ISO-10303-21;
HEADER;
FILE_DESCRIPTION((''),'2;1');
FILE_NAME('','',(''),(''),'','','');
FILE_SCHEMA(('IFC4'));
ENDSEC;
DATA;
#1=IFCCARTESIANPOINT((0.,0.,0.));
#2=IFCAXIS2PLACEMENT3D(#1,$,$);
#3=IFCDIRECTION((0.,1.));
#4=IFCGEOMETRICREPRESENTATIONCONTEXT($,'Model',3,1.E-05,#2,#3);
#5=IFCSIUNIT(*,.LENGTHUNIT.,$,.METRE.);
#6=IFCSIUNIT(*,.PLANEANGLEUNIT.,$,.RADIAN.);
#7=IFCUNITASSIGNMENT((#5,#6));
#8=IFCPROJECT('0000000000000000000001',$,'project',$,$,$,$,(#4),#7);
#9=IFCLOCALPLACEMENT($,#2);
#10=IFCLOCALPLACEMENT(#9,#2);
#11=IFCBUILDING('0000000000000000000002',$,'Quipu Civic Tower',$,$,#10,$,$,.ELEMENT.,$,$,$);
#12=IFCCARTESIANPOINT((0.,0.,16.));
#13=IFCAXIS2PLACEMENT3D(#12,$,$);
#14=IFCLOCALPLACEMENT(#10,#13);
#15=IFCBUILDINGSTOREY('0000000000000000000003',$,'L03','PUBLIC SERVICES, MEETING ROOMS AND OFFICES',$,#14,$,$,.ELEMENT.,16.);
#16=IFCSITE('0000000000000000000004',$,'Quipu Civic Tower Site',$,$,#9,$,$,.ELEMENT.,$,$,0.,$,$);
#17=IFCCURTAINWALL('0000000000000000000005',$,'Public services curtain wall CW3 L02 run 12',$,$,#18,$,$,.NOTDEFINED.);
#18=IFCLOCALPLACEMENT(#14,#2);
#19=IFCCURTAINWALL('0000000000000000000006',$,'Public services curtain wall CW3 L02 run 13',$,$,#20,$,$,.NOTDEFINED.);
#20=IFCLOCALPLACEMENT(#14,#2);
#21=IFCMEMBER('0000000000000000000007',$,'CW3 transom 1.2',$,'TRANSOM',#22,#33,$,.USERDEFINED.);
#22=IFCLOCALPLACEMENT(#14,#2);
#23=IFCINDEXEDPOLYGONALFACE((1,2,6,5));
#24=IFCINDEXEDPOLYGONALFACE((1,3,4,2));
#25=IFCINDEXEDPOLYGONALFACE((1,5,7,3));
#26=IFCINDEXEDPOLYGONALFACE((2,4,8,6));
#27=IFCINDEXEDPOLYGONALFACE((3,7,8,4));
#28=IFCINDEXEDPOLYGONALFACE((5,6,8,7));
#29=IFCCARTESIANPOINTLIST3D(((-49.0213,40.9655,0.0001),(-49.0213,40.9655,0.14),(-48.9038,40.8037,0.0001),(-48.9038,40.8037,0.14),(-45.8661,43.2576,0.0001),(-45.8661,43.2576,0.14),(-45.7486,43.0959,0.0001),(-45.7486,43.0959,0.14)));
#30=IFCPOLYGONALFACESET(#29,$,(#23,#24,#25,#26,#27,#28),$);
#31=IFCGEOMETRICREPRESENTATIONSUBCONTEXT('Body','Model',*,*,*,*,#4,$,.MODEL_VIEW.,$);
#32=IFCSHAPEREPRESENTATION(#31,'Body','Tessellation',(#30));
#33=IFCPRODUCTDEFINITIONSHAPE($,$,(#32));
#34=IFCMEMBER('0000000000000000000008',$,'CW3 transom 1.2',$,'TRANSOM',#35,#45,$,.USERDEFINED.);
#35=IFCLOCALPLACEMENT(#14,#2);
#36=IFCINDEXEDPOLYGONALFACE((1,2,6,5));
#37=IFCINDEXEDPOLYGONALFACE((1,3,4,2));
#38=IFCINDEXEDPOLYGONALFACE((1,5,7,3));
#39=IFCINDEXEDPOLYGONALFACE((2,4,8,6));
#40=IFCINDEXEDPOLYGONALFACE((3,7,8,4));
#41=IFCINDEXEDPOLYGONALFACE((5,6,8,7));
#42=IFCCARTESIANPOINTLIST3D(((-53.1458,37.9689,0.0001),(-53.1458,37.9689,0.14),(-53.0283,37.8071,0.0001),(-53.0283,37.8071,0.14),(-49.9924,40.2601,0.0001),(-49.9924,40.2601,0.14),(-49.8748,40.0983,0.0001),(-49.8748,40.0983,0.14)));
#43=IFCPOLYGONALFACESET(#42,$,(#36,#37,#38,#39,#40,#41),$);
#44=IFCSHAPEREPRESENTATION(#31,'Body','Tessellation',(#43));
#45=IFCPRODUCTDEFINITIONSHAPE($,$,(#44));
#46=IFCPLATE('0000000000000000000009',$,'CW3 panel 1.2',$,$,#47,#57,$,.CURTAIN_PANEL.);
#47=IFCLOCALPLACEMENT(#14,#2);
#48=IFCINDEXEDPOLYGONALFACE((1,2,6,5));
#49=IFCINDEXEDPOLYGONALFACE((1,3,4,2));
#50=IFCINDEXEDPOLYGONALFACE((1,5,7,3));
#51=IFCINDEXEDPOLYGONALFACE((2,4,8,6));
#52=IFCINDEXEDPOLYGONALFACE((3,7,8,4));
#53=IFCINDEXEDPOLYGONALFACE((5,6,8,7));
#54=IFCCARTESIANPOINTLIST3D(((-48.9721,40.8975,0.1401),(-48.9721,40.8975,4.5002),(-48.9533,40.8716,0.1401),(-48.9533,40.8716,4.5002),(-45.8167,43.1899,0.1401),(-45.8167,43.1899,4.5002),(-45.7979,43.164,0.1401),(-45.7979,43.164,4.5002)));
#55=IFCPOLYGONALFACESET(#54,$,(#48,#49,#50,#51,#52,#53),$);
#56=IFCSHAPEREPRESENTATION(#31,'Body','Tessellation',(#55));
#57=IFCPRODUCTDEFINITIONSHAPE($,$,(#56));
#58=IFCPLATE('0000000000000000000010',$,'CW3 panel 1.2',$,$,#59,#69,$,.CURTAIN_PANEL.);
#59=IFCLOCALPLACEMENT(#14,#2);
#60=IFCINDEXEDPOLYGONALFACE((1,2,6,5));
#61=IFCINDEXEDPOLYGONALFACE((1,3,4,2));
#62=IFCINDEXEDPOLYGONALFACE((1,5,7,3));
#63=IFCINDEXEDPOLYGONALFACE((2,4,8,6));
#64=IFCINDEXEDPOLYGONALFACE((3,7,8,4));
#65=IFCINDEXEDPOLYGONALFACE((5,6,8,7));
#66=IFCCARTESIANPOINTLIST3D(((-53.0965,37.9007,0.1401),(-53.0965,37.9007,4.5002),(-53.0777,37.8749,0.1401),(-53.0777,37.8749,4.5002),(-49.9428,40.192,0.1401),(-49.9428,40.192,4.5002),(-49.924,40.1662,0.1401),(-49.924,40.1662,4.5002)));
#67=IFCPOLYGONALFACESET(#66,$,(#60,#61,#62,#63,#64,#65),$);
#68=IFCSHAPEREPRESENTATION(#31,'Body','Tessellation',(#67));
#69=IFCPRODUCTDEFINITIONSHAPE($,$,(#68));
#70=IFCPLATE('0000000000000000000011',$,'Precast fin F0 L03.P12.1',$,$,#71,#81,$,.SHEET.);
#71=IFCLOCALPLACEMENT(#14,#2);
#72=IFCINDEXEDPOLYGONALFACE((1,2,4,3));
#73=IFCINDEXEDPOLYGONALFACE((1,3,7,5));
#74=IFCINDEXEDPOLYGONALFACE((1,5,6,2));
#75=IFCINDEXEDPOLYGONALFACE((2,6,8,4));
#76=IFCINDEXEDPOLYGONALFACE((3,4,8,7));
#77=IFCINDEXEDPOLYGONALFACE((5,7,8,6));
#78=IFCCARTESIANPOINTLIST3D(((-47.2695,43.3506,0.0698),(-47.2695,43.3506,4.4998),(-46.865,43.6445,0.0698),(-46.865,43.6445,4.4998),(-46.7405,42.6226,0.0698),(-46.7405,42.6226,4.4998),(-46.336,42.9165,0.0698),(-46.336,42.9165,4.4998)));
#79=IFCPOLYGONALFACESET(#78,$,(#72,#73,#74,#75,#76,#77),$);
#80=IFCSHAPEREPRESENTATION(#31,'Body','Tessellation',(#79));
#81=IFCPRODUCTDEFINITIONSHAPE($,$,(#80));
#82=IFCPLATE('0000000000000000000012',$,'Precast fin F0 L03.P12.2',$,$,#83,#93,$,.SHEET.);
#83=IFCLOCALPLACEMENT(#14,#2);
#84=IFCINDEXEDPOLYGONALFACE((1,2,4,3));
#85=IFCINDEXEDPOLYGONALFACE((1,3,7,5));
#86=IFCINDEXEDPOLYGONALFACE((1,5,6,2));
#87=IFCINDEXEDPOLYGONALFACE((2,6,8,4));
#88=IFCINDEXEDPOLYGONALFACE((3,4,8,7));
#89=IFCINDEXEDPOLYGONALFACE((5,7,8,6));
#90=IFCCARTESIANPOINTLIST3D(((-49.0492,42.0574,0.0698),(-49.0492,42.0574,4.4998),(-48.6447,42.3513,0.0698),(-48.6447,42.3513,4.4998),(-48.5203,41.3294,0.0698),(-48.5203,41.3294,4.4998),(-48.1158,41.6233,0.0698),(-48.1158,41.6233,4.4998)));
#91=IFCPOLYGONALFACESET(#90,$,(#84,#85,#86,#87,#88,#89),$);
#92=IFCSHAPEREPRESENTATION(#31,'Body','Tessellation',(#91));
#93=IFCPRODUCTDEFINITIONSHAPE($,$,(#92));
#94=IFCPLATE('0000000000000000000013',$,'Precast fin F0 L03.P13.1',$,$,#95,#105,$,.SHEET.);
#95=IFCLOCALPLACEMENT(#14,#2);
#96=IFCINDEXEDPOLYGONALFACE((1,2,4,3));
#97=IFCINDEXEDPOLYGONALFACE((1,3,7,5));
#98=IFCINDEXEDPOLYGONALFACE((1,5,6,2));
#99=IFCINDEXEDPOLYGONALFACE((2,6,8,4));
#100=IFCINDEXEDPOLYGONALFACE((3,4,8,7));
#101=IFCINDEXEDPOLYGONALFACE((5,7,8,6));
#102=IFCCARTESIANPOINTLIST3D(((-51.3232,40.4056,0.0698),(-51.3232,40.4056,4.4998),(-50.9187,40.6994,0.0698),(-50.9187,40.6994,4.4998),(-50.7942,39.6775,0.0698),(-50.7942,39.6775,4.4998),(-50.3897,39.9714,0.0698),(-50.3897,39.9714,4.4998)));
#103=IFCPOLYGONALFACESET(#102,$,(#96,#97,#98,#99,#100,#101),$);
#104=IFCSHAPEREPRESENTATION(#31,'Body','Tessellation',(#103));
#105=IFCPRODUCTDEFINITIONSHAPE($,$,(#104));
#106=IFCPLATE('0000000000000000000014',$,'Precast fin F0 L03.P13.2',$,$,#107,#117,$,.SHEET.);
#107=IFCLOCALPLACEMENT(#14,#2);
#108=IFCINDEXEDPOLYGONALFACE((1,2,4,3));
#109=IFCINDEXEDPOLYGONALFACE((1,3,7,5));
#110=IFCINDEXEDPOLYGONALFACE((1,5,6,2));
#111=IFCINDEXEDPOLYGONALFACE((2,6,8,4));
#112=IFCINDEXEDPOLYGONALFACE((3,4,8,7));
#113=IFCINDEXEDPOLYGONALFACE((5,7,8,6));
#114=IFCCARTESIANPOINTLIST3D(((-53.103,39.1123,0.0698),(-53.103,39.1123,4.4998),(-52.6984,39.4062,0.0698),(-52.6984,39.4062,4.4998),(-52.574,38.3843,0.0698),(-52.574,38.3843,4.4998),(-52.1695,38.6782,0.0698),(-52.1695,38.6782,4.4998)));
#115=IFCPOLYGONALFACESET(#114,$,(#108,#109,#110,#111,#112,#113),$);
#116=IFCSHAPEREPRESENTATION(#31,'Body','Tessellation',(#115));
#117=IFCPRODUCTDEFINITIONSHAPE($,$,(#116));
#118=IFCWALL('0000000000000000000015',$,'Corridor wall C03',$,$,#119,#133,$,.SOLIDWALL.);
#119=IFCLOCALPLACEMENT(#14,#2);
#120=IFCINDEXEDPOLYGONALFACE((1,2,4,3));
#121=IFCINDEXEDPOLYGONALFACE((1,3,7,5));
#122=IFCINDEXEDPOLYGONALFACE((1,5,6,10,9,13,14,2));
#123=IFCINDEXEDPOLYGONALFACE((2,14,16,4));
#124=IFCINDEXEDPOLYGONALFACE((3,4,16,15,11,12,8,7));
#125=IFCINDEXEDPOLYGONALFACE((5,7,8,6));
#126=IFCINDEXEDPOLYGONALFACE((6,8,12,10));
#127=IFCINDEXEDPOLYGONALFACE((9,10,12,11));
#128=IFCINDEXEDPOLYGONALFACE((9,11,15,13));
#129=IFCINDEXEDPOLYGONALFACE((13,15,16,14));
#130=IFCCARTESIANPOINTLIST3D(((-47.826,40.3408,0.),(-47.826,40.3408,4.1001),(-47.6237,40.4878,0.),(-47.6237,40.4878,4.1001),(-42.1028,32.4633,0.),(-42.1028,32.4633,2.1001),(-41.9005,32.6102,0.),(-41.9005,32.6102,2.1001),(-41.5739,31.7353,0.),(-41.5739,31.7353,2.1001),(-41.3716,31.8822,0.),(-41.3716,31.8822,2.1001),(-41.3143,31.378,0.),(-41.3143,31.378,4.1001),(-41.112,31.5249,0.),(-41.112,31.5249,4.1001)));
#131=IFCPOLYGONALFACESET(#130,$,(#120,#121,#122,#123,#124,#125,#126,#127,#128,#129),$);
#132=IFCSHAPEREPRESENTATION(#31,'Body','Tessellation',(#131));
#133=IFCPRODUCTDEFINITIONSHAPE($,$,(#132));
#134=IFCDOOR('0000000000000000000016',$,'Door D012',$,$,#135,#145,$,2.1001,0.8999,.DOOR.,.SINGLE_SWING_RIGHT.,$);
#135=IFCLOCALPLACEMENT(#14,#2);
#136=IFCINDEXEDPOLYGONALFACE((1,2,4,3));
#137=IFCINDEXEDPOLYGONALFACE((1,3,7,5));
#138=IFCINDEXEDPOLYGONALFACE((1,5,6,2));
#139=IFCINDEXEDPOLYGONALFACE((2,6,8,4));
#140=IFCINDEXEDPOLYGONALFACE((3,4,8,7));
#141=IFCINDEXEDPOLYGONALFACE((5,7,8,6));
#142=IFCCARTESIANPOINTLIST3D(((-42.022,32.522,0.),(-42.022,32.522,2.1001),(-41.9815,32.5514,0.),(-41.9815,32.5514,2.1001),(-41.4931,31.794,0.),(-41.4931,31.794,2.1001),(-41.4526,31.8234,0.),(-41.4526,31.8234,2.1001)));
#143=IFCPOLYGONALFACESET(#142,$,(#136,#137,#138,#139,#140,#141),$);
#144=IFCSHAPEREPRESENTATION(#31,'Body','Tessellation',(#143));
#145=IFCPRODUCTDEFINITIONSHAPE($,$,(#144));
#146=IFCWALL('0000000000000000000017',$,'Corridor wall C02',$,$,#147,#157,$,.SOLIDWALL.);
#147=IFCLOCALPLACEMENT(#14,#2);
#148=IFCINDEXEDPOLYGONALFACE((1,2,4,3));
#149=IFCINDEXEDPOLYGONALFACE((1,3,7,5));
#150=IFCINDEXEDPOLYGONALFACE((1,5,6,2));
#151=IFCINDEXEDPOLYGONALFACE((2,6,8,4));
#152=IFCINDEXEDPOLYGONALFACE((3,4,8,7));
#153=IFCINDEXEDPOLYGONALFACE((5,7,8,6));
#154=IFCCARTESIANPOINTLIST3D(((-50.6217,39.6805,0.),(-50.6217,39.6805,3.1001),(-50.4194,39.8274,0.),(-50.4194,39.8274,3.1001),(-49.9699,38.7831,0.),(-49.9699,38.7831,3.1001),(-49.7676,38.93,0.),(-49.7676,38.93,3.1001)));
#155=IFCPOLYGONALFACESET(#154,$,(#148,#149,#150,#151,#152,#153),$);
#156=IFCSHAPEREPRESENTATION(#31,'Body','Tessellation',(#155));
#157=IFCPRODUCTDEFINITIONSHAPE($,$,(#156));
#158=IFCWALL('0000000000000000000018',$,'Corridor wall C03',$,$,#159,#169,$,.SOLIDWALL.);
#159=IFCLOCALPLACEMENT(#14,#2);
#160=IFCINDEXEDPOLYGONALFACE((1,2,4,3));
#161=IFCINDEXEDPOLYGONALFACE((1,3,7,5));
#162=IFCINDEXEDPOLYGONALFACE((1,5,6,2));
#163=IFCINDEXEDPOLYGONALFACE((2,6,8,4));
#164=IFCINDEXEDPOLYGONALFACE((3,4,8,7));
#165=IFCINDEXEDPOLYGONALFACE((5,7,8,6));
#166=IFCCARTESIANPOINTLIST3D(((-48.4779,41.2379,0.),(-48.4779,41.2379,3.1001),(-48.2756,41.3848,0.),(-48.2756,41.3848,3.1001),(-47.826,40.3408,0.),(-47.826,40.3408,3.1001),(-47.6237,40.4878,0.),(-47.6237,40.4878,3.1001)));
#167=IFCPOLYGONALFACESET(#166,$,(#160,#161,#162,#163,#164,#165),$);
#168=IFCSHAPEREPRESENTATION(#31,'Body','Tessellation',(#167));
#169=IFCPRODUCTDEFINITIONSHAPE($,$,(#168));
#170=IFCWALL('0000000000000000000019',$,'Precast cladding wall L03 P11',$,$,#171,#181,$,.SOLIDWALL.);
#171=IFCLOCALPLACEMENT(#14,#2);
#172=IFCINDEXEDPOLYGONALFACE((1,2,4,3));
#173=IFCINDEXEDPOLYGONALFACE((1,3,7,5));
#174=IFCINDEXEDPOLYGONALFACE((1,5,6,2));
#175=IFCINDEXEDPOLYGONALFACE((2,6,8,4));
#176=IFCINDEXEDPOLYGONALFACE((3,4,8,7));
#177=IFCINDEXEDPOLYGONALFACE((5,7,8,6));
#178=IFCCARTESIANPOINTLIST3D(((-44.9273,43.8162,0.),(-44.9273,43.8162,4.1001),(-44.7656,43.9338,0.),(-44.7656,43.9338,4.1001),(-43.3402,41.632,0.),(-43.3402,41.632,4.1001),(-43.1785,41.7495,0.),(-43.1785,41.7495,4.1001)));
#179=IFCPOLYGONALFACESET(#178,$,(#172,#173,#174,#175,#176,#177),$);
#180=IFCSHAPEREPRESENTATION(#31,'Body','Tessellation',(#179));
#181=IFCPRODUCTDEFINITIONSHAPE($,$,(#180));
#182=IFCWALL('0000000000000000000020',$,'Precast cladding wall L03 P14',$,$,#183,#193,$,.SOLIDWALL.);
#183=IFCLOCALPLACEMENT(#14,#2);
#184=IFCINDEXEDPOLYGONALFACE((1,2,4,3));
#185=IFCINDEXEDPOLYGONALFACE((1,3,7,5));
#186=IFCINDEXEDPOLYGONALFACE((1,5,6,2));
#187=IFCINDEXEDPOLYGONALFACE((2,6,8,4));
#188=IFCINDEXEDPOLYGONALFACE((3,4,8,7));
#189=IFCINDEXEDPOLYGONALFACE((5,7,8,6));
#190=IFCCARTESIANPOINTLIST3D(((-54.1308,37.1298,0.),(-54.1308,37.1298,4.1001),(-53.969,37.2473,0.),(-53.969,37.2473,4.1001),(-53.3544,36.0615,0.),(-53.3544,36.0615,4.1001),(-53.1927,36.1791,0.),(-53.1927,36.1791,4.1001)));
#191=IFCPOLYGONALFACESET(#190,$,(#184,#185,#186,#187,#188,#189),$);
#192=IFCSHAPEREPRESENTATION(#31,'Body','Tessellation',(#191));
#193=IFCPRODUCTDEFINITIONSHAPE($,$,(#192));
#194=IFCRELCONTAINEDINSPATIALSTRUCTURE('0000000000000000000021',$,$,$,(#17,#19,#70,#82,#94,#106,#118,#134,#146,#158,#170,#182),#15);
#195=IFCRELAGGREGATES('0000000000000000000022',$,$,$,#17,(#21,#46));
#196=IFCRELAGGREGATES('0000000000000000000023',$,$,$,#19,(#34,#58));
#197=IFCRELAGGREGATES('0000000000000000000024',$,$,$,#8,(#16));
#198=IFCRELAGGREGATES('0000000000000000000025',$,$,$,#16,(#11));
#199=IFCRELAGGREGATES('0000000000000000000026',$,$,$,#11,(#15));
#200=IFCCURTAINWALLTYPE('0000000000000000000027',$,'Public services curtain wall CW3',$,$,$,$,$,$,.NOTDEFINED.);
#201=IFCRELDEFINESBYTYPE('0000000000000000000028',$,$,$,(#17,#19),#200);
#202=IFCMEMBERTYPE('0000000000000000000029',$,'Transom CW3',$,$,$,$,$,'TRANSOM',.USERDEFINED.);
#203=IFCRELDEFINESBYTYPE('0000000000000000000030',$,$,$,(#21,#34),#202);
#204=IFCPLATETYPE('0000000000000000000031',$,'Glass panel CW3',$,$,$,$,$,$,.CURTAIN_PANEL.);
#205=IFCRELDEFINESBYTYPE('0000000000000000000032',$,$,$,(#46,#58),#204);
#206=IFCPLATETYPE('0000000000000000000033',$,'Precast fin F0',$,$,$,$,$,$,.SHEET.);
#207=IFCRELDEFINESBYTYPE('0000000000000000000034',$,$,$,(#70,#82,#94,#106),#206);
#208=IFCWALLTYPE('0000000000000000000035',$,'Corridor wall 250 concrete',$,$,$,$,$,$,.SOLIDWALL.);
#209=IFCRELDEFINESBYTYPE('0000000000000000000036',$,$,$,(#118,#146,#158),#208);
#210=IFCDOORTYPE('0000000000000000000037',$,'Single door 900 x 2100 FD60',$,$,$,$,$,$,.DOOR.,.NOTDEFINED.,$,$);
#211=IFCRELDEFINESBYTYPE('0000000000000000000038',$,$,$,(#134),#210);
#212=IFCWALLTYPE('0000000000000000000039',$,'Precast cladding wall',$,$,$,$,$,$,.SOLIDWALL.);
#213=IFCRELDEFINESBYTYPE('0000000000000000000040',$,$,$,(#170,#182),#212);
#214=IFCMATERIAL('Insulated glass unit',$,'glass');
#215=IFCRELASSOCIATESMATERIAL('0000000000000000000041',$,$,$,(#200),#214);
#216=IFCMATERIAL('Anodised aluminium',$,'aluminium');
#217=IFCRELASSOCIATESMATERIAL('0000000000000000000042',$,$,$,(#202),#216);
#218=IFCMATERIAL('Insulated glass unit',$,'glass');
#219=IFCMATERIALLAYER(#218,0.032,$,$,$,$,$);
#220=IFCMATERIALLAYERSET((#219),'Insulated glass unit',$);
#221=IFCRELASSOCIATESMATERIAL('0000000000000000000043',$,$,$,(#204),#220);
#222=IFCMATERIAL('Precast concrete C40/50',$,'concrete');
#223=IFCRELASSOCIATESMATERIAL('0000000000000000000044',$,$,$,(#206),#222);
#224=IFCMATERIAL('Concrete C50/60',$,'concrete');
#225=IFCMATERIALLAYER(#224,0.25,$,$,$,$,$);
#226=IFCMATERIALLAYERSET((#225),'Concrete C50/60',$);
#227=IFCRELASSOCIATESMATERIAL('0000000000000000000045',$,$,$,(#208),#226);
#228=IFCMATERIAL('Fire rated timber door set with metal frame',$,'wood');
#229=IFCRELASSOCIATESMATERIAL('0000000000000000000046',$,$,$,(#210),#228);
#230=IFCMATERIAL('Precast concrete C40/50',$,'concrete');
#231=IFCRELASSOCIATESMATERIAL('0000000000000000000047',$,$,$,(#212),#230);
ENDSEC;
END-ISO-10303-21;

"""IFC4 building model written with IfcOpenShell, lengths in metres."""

from ifc_helpers import new_model, si_unit, direction, frame, frame_2d, origin, origin_2d, place, context, subcontext, project, spatial, rectangle, extrude, material, layer, layer_set, material_profile, profile_set, type_object, element, fill, aggregate, save


model = new_model("IFC4")

# Units and contexts
model_context = context("Model", 3, precision=1e-05, world=origin(), true_north=direction((0.0, 1.0)))
body_context = subcontext(model_context, "Body", "Model", "MODEL_VIEW")
ifc_project = project(units=[si_unit("LENGTHUNIT", "METRE"), si_unit("PLANEANGLEUNIT", "RADIAN")], contexts=[model_context])

# Site, building, storey
site_placement = place(None, origin())
site = spatial("IfcSite", under=ifc_project, at=site_placement, Name="Quipu Civic Tower Site", CompositionType="ELEMENT", RefElevation=0.0)
building_placement = place(site_placement, origin())
building = spatial("IfcBuilding", under=site, at=building_placement, Name="Quipu Civic Tower", CompositionType="ELEMENT")
storey_placement = place(building_placement, frame((0.0, 0.0, 16.0)))
storey = spatial("IfcBuildingStorey", under=building, at=storey_placement, Name="L03", Description="PUBLIC SERVICES, MEETING ROOMS AND OFFICES", CompositionType="ELEMENT", Elevation=16.0)

# Curtain walls
ifc_material_1 = material(Name="Insulated glass unit", Category="glass")
curtain_wall_type = type_object("IfcCurtainWallType", Name="Public services curtain wall CW3", PredefinedType="NOTDEFINED", material=ifc_material_1)
curtain_wall_1_placement = place(storey_placement, origin())
curtain_wall_1 = element("IfcCurtainWall", 1, at=curtain_wall_1_placement, inside=storey, type_object=curtain_wall_type, Name="Public services curtain wall CW3 L02 run 12", PredefinedType="NOTDEFINED")
curtain_wall_2_placement = place(storey_placement, origin())
curtain_wall_2 = element("IfcCurtainWall", 2, at=curtain_wall_2_placement, inside=storey, type_object=curtain_wall_type, Name="Public services curtain wall CW3 L02 run 13", PredefinedType="NOTDEFINED")

# Members
ifc_material_2 = material(Name="Anodised aluminium", Category="aluminium")
ifc_material_profile_1 = material_profile(ifc_material_2, rectangle(XDim=0.2, YDim=0.1399, at=origin_2d()), Name="RECT 200x140")
ifc_profile_set_1 = profile_set([ifc_material_profile_1], Name="Anodised aluminium")
member_type_1 = type_object("IfcMemberType", Name="Transom CW3", ElementType="TRANSOM", PredefinedType="USERDEFINED", material=ifc_profile_set_1)
member_1_placement = place(storey_placement, frame((-45.8074, 43.1768, 0.0701), z_axis=(-0.809042, -0.587751, 0.0), x_axis=(0.587751, -0.809042, 0.0)))
member_1 = element("IfcMember", 3, at=member_1_placement, type_object=member_type_1, Name="CW3 transom 1.2", ObjectType="TRANSOM", PredefinedType="USERDEFINED", context=body_context, shape_type="SweptSolid", body=[
    extrude(rectangle(XDim=0.2, YDim=0.1399, at=origin_2d()), origin(), (0.0, 0.0, 1.0), 3.8999),
])
member_2_placement = place(storey_placement, frame((-49.9336, 40.1792, 0.0701), z_axis=(-0.80901, -0.587796, 0.0), x_axis=(0.587796, -0.80901, 0.0)))
member_2 = element("IfcMember", 4, at=member_2_placement, type_object=member_type_1, Name="CW3 transom 1.2", ObjectType="TRANSOM", PredefinedType="USERDEFINED", context=body_context, shape_type="SweptSolid", body=[
    extrude(rectangle(XDim=0.2, YDim=0.1399, at=origin_2d()), origin(), (0.0, 0.0, 1.0), 3.8979),
])

# Plates
ifc_material_3 = material(Name="Insulated glass unit", Category="glass")
ifc_layer_1 = layer(ifc_material_3, 0.032)
ifc_layer_set_1 = layer_set([ifc_layer_1], Name="Insulated glass unit")
plate_type_1 = type_object("IfcPlateType", Name="Glass panel CW3", PredefinedType="CURTAIN_PANEL", material=ifc_layer_set_1)
plate_1_placement = place(storey_placement, frame((-47.385, 42.0308, 0.1401), z_axis=(0.0, 0.0, 1.0), x_axis=(-0.80903, -0.587767, 0.0)))
plate_1 = element("IfcPlate", 5, at=plate_1_placement, type_object=plate_type_1, Name="CW3 panel 1.2", PredefinedType="CURTAIN_PANEL", context=body_context, shape_type="SweptSolid", body=[
    extrude(rectangle(XDim=3.9001, YDim=0.032, at=origin_2d()), origin(), (0.0, 0.0, 1.0), 4.3601),
])
aggregate(curtain_wall_1, [member_1, plate_1])
plate_2_placement = place(storey_placement, frame((-51.5103, 39.0334, 0.1401), z_axis=(0.0, 0.0, 1.0), x_axis=(-0.809015, -0.587789, 0.0)))
plate_2 = element("IfcPlate", 6, at=plate_2_placement, type_object=plate_type_1, Name="CW3 panel 1.2", PredefinedType="CURTAIN_PANEL", context=body_context, shape_type="SweptSolid", body=[
    extrude(rectangle(XDim=3.8982, YDim=0.032, at=origin_2d()), origin(), (0.0, 0.0, 1.0), 4.3601),
])
aggregate(curtain_wall_2, [member_2, plate_2])

# Plates
ifc_material_4 = material(Name="Precast concrete C40/50", Category="concrete")
plate_type_2 = type_object("IfcPlateType", Name="Precast fin F0", PredefinedType="SHEET", material=ifc_material_4)
for number, where, z_axis, x_axis, name in (
    (7, (-46.8027, 43.1335, 0.0698), (0.0, 0.0, 1.0), (-0.809021, -0.587779, 0.0), "Precast fin F0 L03.P12.1"),
    (8, (-48.5825, 41.8403, 0.0698), (0.0, 0.0, 1.0), (-0.809021, -0.587779, 0.0), "Precast fin F0 L03.P12.2"),
    (9, (-50.8564, 40.1885, 0.0698), (0.0, 0.0, 1.0), (-0.809021, -0.587779, 0.0), "Precast fin F0 L03.P13.1"),
    (10, (-52.6362, 38.8953, 0.0698), (0.0, 0.0, 1.0), (-0.809021, -0.587779, 0.0), "Precast fin F0 L03.P13.2"),
):
    element("IfcPlate", number, at=place(storey_placement, frame(where, z_axis=z_axis, x_axis=x_axis)), inside=storey, type_object=plate_type_2, Name=name, PredefinedType="SHEET", context=body_context, shape_type="SweptSolid", body=[
        extrude(rectangle(XDim=0.5, YDim=0.8999, at=origin_2d()), origin(), (0.0, 0.0, 1.0), 4.4299),
    ])

# Wall, opening, door
ifc_material_5 = material(Name="Concrete C50/60", Category="concrete")
ifc_layer_2 = layer(ifc_material_5, 0.25)
ifc_layer_set_2 = layer_set([ifc_layer_2], Name="Concrete C50/60")
wall_type_1 = type_object("IfcWallType", Name="Corridor wall 250 concrete", PredefinedType="SOLIDWALL", material=ifc_layer_set_2)
wall_1_placement = place(storey_placement, frame((-47.7249, 40.4143, 0.0), z_axis=(0.0, 0.0, 1.0), x_axis=(0.587773, -0.809026, 0.0)))
wall_1 = element("IfcWall", 11, at=wall_1_placement, inside=storey, type_object=wall_type_1, Name="Corridor wall C03", PredefinedType="SOLIDWALL", context=body_context, shape_type="SweptSolid", body=[
    extrude(rectangle(XDim=11.0786, YDim=0.25, at=frame_2d((5.5393, 0.0))), origin(), (0.0, 0.0, 1.0), 4.1001),
])
opening_placement = place(wall_1_placement, frame((9.7371, 0.0, 0.0)))
opening = element("IfcOpeningElement", 12, at=opening_placement, cuts=wall_1, PredefinedType="OPENING", context=body_context, shape_type="SweptSolid", body=[
    extrude(rectangle(XDim=0.8999, YDim=2.1001, at=frame_2d((0.45, 1.05))), frame((0.0, 0.135, 0.0), z_axis=(0.0, -1.0, 0.0), x_axis=(1.0, 0.0, 0.0)), (0.0, 0.0, 1.0), 0.27),
])
ifc_material_6 = material(Name="Fire rated timber door set with metal frame", Category="wood")
door_type = type_object("IfcDoorType", Name="Single door 900 x 2100 FD60", OperationType="NOTDEFINED", PredefinedType="DOOR", material=ifc_material_6)
door_placement = place(opening_placement, origin())
door = element("IfcDoor", 13, at=door_placement, inside=storey, type_object=door_type, Name="Door D012", OperationType="SINGLE_SWING_RIGHT", OverallHeight=2.1001, OverallWidth=0.8999, PredefinedType="DOOR", context=body_context, shape_type="SweptSolid", body=[
    extrude(rectangle(XDim=0.8999, YDim=2.1001, at=frame_2d((0.45, 1.05))), frame((0.0, 0.0249, 0.0), z_axis=(0.0, -1.0, 0.0), x_axis=(1.0, 0.0, 0.0)), (0.0, 0.0, 1.0), 0.05),
])
fill(opening, door)

# Walls
wall_2_placement = place(storey_placement, frame((-49.8687, 38.8564, 0.0), z_axis=(0.0, 0.0, 1.0), x_axis=(-0.587674, 0.809098, 0.0)))
element("IfcWall", 14, at=wall_2_placement, inside=storey, type_object=wall_type_1, Name="Corridor wall C02", PredefinedType="SOLIDWALL", context=body_context, shape_type="SweptSolid", body=[
    extrude(rectangle(XDim=1.1091, YDim=0.25, at=frame_2d((0.5547, 0.0))), origin(), (0.0, 0.0, 1.0), 3.1001),
])
wall_3_placement = place(storey_placement, frame((-47.7249, 40.4143, 0.0), z_axis=(0.0, 0.0, 1.0), x_axis=(-0.587884, 0.808946, 0.0)))
element("IfcWall", 15, at=wall_3_placement, inside=storey, type_object=wall_type_1, Name="Corridor wall C03", PredefinedType="SOLIDWALL", context=body_context, shape_type="SweptSolid", body=[
    extrude(rectangle(XDim=1.1089, YDim=0.25, at=frame_2d((0.5544, 0.0))), origin(), (0.0, 0.0, 1.0), 3.1001),
])
ifc_material_7 = material(Name="Precast concrete C40/50", Category="concrete")
wall_type_2 = type_object("IfcWallType", Name="Precast cladding wall", PredefinedType="SOLIDWALL", material=ifc_material_7)
wall_4_placement = place(storey_placement, frame((-43.2593, 41.6907, 0.0), z_axis=(0.0, 0.0, 1.0), x_axis=(-0.587822, 0.80899, 0.0)))
element("IfcWall", 16, at=wall_4_placement, inside=storey, type_object=wall_type_2, Name="Precast cladding wall L03 P11", PredefinedType="SOLIDWALL", context=body_context, shape_type="SweptSolid", body=[
    extrude(rectangle(XDim=2.7, YDim=0.2, at=frame_2d((1.3501, 0.0))), origin(), (0.0, 0.0, 1.0), 4.1001),
])
wall_5_placement = place(storey_placement, frame((-54.0498, 37.1885, 0.0), z_axis=(0.0, 0.0, 1.0), x_axis=(0.587864, -0.80896, 0.0)))
element("IfcWall", 17, at=wall_5_placement, inside=storey, type_object=wall_type_2, Name="Precast cladding wall L03 P14", PredefinedType="SOLIDWALL", context=body_context, shape_type="SweptSolid", body=[
    extrude(rectangle(XDim=1.3206, YDim=0.2, at=frame_2d((0.6602, 0.0))), origin(), (0.0, 0.0, 1.0), 4.1001),
])

save(model, "model.ifc")
